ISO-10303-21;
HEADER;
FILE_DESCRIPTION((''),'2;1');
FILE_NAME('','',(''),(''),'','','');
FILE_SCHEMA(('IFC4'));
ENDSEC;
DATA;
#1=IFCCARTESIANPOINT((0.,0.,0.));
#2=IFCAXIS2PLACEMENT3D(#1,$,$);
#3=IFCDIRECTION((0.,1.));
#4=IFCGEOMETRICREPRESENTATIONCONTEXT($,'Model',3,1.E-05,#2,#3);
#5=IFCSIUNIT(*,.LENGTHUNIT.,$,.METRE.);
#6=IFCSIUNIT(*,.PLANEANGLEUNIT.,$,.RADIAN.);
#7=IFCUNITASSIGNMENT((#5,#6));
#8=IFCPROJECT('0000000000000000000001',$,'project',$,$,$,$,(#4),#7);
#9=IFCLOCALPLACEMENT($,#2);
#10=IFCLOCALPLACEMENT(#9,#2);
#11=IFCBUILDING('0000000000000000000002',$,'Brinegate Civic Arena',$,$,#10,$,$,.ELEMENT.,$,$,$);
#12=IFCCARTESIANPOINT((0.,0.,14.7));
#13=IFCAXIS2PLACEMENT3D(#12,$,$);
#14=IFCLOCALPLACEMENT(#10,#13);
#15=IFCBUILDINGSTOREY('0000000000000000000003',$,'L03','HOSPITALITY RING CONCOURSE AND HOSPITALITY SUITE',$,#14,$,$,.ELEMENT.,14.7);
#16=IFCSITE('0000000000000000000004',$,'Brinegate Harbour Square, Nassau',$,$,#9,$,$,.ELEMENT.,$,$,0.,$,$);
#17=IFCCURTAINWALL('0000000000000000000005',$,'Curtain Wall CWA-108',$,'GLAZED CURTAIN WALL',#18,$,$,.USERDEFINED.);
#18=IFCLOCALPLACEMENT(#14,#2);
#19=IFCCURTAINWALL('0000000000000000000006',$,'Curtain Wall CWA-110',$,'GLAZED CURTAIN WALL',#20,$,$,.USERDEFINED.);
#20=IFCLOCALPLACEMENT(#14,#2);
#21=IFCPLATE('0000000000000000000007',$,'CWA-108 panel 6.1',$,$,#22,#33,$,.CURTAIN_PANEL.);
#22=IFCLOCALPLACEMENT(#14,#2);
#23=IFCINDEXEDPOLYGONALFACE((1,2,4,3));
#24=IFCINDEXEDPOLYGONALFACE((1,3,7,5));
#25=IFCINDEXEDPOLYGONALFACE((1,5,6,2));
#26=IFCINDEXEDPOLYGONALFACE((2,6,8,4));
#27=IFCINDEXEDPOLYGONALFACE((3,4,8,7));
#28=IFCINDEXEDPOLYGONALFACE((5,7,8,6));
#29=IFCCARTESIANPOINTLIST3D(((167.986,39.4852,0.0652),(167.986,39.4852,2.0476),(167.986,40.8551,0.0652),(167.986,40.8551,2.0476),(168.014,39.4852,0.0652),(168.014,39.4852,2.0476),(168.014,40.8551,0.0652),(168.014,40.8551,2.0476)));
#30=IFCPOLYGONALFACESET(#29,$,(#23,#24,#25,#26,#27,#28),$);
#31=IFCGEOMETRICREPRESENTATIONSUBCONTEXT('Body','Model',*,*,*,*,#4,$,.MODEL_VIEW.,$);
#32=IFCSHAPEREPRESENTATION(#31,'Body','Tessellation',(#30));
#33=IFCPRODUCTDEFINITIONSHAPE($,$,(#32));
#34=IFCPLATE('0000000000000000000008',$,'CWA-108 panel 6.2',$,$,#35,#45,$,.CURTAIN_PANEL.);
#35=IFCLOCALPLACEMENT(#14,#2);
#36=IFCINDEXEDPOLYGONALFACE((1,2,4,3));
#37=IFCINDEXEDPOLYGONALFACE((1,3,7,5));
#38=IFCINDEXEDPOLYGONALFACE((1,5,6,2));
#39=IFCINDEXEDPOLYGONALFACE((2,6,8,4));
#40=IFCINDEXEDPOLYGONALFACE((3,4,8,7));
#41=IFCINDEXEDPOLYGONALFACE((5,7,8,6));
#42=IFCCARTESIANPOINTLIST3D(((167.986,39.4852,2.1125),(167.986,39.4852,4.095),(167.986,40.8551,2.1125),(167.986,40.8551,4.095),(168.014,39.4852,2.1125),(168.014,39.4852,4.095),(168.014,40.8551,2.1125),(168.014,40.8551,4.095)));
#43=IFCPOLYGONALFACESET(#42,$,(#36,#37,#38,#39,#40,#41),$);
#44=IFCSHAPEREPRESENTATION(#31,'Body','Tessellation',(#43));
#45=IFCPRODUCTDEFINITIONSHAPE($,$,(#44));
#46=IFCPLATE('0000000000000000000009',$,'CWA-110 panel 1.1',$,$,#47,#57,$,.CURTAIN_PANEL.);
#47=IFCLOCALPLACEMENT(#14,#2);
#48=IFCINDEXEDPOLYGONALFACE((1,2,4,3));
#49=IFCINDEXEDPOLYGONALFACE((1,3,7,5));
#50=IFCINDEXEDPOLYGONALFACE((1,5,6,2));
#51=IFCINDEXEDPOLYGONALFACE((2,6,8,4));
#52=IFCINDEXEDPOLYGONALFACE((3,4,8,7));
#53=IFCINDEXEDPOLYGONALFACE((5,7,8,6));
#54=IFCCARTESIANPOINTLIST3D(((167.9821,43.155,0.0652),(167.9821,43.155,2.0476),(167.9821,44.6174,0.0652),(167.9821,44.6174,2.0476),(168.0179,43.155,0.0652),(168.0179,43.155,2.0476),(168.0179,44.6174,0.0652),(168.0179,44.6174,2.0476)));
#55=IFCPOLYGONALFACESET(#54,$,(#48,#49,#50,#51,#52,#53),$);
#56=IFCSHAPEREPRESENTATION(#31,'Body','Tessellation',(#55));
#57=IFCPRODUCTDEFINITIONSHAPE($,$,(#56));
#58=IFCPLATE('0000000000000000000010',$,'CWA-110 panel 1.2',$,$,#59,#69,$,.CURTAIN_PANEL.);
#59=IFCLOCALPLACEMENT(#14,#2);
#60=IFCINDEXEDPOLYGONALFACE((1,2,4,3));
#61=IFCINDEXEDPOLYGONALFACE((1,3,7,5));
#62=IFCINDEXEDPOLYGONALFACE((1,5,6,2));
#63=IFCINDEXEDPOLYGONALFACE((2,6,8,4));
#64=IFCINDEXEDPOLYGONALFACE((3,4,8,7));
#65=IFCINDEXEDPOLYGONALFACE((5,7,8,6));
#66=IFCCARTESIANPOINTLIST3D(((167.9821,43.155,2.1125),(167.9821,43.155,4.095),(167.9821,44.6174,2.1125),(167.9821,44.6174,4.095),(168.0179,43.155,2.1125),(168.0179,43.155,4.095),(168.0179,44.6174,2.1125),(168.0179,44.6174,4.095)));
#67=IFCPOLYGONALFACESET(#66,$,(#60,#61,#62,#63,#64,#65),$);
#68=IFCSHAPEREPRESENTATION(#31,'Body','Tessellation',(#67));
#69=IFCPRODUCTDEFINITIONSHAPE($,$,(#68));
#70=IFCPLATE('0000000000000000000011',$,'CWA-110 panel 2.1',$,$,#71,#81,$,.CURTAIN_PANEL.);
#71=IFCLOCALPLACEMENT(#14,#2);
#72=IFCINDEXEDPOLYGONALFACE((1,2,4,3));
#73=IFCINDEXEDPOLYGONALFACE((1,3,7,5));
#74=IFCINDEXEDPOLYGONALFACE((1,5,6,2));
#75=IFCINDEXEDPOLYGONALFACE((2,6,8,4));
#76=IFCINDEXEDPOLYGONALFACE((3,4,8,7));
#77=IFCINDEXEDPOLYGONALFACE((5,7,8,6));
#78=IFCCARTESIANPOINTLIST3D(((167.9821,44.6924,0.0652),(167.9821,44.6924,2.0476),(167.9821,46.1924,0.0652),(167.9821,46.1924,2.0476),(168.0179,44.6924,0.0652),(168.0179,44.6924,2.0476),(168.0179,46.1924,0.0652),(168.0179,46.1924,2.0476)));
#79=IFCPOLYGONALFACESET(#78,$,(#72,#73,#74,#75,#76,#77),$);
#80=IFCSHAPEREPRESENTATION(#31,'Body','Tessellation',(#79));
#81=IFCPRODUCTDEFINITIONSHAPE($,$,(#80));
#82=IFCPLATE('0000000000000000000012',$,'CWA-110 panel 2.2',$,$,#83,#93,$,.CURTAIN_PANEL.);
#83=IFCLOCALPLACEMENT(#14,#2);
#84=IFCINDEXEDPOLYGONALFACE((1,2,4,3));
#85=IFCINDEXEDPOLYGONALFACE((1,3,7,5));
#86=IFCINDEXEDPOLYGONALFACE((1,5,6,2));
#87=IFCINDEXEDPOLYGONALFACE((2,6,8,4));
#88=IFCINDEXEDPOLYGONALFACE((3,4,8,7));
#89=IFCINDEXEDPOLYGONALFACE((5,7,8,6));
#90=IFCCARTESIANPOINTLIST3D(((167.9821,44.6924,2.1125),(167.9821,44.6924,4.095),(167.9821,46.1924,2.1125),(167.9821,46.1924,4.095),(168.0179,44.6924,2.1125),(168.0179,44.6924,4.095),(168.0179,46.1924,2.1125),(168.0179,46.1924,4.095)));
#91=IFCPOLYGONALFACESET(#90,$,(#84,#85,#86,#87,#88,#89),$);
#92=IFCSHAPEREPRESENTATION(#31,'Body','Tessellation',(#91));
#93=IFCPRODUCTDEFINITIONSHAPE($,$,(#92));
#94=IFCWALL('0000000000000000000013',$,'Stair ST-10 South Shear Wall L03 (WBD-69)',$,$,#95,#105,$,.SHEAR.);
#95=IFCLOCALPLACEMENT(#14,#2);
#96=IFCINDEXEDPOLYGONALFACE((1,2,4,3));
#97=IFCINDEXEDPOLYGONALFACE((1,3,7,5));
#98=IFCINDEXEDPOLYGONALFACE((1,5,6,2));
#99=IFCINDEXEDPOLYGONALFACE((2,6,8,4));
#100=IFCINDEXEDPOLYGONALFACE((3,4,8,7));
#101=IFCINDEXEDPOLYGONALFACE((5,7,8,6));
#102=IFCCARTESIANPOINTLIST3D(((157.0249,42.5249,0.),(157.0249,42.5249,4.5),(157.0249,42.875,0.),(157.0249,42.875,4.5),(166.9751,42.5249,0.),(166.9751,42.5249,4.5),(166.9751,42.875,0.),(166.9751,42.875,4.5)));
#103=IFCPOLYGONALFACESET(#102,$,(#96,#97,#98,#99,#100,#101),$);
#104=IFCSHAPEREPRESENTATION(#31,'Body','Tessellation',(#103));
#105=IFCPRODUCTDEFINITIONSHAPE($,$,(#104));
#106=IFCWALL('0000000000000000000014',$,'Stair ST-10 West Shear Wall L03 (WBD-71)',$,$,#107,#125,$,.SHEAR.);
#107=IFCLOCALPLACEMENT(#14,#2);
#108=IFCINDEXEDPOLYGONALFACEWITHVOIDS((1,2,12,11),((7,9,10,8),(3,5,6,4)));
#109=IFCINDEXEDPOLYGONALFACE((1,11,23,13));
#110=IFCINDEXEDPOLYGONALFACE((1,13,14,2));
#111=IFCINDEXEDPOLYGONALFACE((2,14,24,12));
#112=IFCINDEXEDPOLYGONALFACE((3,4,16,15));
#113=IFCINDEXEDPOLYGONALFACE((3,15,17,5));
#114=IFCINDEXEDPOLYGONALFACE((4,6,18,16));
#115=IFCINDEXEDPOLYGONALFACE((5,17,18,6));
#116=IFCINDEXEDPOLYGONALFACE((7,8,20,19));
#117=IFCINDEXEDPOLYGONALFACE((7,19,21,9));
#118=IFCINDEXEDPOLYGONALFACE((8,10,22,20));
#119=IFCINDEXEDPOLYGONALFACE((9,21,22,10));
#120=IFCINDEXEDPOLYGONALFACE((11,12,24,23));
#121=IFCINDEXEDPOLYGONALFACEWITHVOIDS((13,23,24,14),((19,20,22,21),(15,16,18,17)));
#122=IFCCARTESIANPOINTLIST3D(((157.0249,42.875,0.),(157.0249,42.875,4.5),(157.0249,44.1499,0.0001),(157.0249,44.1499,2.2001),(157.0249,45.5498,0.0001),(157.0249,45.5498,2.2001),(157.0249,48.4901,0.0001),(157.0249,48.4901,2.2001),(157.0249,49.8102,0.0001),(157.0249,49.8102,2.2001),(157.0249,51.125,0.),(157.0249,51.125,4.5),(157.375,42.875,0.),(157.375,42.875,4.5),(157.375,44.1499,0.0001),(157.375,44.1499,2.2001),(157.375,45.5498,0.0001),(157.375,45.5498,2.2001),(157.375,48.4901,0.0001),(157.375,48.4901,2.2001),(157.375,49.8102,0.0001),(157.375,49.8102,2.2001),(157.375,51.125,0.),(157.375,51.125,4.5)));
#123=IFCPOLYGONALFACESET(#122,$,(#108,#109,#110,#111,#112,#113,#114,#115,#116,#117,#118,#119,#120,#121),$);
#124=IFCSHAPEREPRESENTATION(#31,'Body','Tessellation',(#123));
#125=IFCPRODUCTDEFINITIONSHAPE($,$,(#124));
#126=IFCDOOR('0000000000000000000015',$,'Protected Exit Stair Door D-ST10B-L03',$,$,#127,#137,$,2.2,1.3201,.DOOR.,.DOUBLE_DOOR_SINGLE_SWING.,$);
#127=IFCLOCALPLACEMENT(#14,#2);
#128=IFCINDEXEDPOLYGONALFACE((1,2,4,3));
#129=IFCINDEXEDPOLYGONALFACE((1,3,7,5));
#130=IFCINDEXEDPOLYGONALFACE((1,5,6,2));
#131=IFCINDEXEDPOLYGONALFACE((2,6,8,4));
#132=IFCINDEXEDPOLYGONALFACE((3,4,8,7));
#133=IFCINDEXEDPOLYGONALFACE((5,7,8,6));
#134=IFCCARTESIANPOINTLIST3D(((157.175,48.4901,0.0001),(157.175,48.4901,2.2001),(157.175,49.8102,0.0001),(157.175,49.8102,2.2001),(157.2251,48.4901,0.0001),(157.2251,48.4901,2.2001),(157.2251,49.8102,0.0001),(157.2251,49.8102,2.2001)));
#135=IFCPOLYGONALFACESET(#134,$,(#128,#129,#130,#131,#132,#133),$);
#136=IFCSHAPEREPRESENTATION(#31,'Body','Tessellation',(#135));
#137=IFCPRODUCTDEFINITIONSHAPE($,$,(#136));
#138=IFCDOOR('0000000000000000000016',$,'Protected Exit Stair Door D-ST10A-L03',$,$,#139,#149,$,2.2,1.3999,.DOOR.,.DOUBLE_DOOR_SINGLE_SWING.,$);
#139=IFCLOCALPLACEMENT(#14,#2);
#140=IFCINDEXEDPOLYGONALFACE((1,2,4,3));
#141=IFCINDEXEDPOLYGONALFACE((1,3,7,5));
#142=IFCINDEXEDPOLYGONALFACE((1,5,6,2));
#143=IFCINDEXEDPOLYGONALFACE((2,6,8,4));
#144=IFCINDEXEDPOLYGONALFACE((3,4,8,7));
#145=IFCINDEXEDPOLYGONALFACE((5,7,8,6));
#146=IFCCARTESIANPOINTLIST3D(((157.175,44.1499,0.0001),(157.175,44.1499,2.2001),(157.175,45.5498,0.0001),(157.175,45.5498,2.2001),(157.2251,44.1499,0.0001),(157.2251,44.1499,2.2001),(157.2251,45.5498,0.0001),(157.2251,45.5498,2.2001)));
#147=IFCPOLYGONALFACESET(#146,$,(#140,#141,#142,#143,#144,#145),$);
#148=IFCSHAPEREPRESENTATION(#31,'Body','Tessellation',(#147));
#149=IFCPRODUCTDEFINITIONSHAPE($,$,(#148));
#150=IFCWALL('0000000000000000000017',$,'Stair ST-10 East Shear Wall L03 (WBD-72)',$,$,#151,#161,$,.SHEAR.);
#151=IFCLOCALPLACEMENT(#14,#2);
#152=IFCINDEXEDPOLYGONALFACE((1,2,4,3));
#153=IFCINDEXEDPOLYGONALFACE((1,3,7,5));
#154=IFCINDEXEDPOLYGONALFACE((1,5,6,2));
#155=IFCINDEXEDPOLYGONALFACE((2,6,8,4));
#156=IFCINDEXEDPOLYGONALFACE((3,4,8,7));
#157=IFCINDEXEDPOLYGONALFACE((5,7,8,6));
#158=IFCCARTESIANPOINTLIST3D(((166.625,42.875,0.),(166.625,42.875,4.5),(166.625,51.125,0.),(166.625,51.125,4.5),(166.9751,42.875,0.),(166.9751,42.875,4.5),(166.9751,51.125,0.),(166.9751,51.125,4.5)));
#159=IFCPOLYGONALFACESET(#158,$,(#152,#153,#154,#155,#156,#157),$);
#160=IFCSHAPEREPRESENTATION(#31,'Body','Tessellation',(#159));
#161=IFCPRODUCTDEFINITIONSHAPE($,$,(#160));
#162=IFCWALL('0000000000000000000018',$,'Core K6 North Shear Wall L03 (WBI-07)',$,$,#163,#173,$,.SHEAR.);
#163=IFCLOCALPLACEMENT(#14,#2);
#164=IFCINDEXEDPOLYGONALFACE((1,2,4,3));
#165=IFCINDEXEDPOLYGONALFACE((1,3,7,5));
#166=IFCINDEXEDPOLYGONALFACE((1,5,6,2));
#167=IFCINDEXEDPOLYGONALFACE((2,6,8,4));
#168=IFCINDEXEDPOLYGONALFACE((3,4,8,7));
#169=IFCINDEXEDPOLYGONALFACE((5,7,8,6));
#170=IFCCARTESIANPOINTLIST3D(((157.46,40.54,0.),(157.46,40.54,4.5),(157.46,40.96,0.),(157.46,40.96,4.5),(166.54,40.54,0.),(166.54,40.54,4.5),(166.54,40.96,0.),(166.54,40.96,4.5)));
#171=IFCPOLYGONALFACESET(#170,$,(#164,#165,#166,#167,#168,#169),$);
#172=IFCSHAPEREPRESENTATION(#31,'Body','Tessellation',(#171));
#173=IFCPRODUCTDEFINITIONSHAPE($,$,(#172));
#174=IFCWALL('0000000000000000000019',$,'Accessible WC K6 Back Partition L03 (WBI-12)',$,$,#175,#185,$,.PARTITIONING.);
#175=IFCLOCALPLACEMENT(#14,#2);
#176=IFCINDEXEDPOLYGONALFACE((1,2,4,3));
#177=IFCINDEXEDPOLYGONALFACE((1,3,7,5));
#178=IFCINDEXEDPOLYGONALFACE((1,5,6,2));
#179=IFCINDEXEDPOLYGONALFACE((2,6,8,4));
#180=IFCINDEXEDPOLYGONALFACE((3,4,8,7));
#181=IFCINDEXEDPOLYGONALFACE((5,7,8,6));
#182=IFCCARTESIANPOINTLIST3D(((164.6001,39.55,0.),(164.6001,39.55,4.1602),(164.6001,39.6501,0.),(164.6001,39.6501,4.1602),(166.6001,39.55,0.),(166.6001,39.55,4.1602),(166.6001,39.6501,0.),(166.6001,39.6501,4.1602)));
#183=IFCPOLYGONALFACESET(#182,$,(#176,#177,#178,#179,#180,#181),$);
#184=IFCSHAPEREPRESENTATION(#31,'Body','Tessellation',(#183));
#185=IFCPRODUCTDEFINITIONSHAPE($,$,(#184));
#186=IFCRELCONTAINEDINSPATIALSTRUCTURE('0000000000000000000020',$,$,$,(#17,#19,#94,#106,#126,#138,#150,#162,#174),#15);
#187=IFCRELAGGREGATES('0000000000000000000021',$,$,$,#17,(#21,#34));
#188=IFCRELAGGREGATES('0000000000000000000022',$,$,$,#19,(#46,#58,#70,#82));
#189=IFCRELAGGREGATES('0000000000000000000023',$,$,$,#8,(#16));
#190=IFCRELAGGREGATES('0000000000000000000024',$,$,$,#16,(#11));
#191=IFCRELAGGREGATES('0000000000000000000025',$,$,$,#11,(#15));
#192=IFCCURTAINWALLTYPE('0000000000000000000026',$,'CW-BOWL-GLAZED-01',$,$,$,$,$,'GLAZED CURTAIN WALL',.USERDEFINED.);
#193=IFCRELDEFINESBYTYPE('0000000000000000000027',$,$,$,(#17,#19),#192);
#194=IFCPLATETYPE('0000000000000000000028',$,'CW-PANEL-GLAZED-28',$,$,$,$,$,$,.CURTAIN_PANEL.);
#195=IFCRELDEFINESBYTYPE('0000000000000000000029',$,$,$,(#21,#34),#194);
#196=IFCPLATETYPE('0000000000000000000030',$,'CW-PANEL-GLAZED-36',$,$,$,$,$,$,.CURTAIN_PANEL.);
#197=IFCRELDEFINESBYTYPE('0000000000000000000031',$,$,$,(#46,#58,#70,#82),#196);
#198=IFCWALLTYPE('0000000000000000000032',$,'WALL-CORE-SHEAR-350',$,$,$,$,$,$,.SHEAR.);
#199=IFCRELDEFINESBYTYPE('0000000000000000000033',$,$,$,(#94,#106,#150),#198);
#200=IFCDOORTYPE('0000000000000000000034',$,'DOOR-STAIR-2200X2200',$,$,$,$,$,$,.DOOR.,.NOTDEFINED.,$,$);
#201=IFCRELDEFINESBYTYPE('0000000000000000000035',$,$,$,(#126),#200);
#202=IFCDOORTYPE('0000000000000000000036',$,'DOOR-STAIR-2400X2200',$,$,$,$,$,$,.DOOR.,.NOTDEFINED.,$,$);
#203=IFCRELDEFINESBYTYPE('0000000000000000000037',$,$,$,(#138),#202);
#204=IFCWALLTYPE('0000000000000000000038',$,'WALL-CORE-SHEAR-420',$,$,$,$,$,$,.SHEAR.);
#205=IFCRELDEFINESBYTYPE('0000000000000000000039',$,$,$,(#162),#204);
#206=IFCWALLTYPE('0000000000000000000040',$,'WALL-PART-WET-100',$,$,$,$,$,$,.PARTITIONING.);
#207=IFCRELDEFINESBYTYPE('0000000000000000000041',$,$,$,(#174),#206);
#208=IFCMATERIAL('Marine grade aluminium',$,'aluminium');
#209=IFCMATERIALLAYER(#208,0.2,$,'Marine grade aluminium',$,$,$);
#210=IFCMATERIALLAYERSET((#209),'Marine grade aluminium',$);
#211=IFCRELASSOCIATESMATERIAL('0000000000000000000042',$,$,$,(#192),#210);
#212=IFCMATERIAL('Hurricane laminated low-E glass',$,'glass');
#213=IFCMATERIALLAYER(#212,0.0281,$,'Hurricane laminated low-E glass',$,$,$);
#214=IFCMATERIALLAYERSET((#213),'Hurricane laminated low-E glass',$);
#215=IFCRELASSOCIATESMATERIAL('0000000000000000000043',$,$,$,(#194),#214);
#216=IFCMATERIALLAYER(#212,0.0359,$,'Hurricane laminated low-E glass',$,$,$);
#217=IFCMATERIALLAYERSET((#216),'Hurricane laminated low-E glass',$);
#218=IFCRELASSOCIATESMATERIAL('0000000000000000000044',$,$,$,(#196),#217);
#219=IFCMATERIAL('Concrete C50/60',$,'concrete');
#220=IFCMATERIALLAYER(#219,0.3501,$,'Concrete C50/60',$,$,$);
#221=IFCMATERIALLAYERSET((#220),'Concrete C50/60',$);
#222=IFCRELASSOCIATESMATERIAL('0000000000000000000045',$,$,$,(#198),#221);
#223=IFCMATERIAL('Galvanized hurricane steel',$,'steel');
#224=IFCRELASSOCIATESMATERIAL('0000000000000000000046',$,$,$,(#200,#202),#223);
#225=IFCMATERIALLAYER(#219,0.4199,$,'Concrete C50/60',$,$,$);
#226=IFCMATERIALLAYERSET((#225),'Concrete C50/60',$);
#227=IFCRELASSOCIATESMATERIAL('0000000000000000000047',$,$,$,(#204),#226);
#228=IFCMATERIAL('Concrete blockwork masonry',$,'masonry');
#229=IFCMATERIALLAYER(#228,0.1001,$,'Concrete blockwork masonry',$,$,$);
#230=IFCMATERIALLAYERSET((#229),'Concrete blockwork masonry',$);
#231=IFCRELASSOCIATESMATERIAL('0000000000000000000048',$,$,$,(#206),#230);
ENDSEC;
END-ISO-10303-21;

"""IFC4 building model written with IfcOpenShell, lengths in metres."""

from ifc_helpers import new_model, si_unit, direction, frame, frame_2d, origin, origin_2d, place, context, subcontext, project, spatial, rectangle, extrude, material, layer, layer_set, type_object, element, fill, aggregate, save


model = new_model("IFC4")

# Units and contexts
model_context = context("Model", 3, precision=1e-05, world=origin(), true_north=direction((0.0, 1.0)))
body_context = subcontext(model_context, "Body", "Model", "MODEL_VIEW")
ifc_project = project(units=[si_unit("LENGTHUNIT", "METRE"), si_unit("PLANEANGLEUNIT", "RADIAN")], contexts=[model_context])

# Site, building, storey
site_placement = place(None, origin())
site = spatial("IfcSite", under=ifc_project, at=site_placement, Name="Brinegate Harbour Square, Nassau", CompositionType="ELEMENT", RefElevation=0.0)
building_placement = place(site_placement, origin())
building = spatial("IfcBuilding", under=site, at=building_placement, Name="Brinegate Civic Arena", CompositionType="ELEMENT")
storey_placement = place(building_placement, frame((0.0, 0.0, 14.7)))
storey = spatial("IfcBuildingStorey", under=building, at=storey_placement, Name="L03", Description="HOSPITALITY RING CONCOURSE AND HOSPITALITY SUITE", CompositionType="ELEMENT", Elevation=14.7)

# Shared definitions
ifc_material_1 = material(Name="Concrete C50/60", Category="concrete")

# Curtain wall
ifc_material_2 = material(Name="Marine grade aluminium", Category="aluminium")
ifc_layer_1 = layer(ifc_material_2, 0.2, Name="Marine grade aluminium")
ifc_layer_set_1 = layer_set([ifc_layer_1], Name="Marine grade aluminium")
curtain_wall_type = type_object("IfcCurtainWallType", Name="CW-BOWL-GLAZED-01", ElementType="GLAZED CURTAIN WALL", PredefinedType="USERDEFINED", material=ifc_layer_set_1)
curtain_wall_1_placement = place(storey_placement, origin())
curtain_wall_1 = element("IfcCurtainWall", 1, at=curtain_wall_1_placement, inside=storey, type_object=curtain_wall_type, Name="Curtain Wall CWA-108", ObjectType="GLAZED CURTAIN WALL", PredefinedType="USERDEFINED")

# Curtain wall
curtain_wall_2_placement = place(storey_placement, origin())
curtain_wall_2 = element("IfcCurtainWall", 2, at=curtain_wall_2_placement, inside=storey, type_object=curtain_wall_type, Name="Curtain Wall CWA-110", ObjectType="GLAZED CURTAIN WALL", PredefinedType="USERDEFINED")

# Plates
ifc_material_3 = material(Name="Hurricane laminated low-E glass", Category="glass")
ifc_layer_2 = layer(ifc_material_3, 0.0281, Name="Hurricane laminated low-E glass")
ifc_layer_set_2 = layer_set([ifc_layer_2], Name="Hurricane laminated low-E glass")
plate_type_1 = type_object("IfcPlateType", Name="CW-PANEL-GLAZED-28", PredefinedType="CURTAIN_PANEL", material=ifc_layer_set_2)
plate_1_placement = place(storey_placement, frame((168.0, 40.1702, 0.0652), z_axis=(0.0, 0.0, 1.0), x_axis=(0.0, 1.0, 0.0)))
plate_1 = element("IfcPlate", 3, at=plate_1_placement, type_object=plate_type_1, Name="CWA-108 panel 6.1", PredefinedType="CURTAIN_PANEL", context=body_context, shape_type="SweptSolid", body=[
    extrude(rectangle(XDim=1.3699, YDim=0.0281, at=origin_2d()), origin(), (0.0, 0.0, 1.0), 1.9824),
])
plate_2_placement = place(storey_placement, frame((168.0, 40.1702, 2.1125), z_axis=(0.0, 0.0, 1.0), x_axis=(0.0, 1.0, 0.0)))
plate_2 = element("IfcPlate", 4, at=plate_2_placement, type_object=plate_type_1, Name="CWA-108 panel 6.2", PredefinedType="CURTAIN_PANEL", context=body_context, shape_type="SweptSolid", body=[
    extrude(rectangle(XDim=1.3699, YDim=0.0281, at=origin_2d()), origin(), (0.0, 0.0, 1.0), 1.9824),
])
aggregate(curtain_wall_1, [plate_1, plate_2])
ifc_layer_3 = layer(ifc_material_3, 0.0359, Name="Hurricane laminated low-E glass")
ifc_layer_set_3 = layer_set([ifc_layer_3], Name="Hurricane laminated low-E glass")
plate_type_2 = type_object("IfcPlateType", Name="CW-PANEL-GLAZED-36", PredefinedType="CURTAIN_PANEL", material=ifc_layer_set_3)
plate_3_placement = place(storey_placement, frame((168.0, 43.8862, 0.0652), z_axis=(0.0, 0.0, 1.0), x_axis=(0.0, 1.0, 0.0)))
plate_3 = element("IfcPlate", 5, at=plate_3_placement, type_object=plate_type_2, Name="CWA-110 panel 1.1", PredefinedType="CURTAIN_PANEL", context=body_context, shape_type="SweptSolid", body=[
    extrude(rectangle(XDim=1.4624, YDim=0.0359, at=origin_2d()), origin(), (0.0, 0.0, 1.0), 1.9824),
])
plate_4_placement = place(storey_placement, frame((168.0, 43.8862, 2.1125), z_axis=(0.0, 0.0, 1.0), x_axis=(0.0, 1.0, 0.0)))
plate_4 = element("IfcPlate", 6, at=plate_4_placement, type_object=plate_type_2, Name="CWA-110 panel 1.2", PredefinedType="CURTAIN_PANEL", context=body_context, shape_type="SweptSolid", body=[
    extrude(rectangle(XDim=1.4624, YDim=0.0359, at=origin_2d()), origin(), (0.0, 0.0, 1.0), 1.9824),
])
plate_5_placement = place(storey_placement, frame((168.0, 45.4424, 0.0652), z_axis=(0.0, 0.0, 1.0), x_axis=(0.0, 1.0, 0.0)))
plate_5 = element("IfcPlate", 7, at=plate_5_placement, type_object=plate_type_2, Name="CWA-110 panel 2.1", PredefinedType="CURTAIN_PANEL", context=body_context, shape_type="SweptSolid", body=[
    extrude(rectangle(XDim=1.5, YDim=0.0359, at=origin_2d()), origin(), (0.0, 0.0, 1.0), 1.9824),
])
plate_6_placement = place(storey_placement, frame((168.0, 45.4424, 2.1125), z_axis=(0.0, 0.0, 1.0), x_axis=(0.0, 1.0, 0.0)))
plate_6 = element("IfcPlate", 8, at=plate_6_placement, type_object=plate_type_2, Name="CWA-110 panel 2.2", PredefinedType="CURTAIN_PANEL", context=body_context, shape_type="SweptSolid", body=[
    extrude(rectangle(XDim=1.5, YDim=0.0359, at=origin_2d()), origin(), (0.0, 0.0, 1.0), 1.9824),
])
aggregate(curtain_wall_2, [plate_3, plate_4, plate_5, plate_6])

# Wall
ifc_layer_4 = layer(ifc_material_1, 0.3501, Name="Concrete C50/60")
ifc_layer_set_4 = layer_set([ifc_layer_4], Name="Concrete C50/60")
wall_type_1 = type_object("IfcWallType", Name="WALL-CORE-SHEAR-350", PredefinedType="SHEAR", material=ifc_layer_set_4)
wall_1_placement = place(storey_placement, frame((157.0249, 42.7, 0.0), z_axis=(0.0, 0.0, 1.0), x_axis=(1.0, 0.0, 0.0)))
element("IfcWall", 9, at=wall_1_placement, inside=storey, type_object=wall_type_1, Name="Stair ST-10 South Shear Wall L03 (WBD-69)", PredefinedType="SHEAR", context=body_context, shape_type="SweptSolid", body=[
    extrude(rectangle(XDim=9.9502, YDim=0.3501, at=frame_2d((4.9751, 0.0))), origin(), (0.0, 0.0, 1.0), 4.5),
])

# Wall, openings, doors
wall_2_placement = place(storey_placement, frame((157.2, 42.875, 0.0), z_axis=(0.0, 0.0, 1.0), x_axis=(0.0, 1.0, 0.0)))
wall_2 = element("IfcWall", 10, at=wall_2_placement, inside=storey, type_object=wall_type_1, Name="Stair ST-10 West Shear Wall L03 (WBD-71)", PredefinedType="SHEAR", context=body_context, shape_type="SweptSolid", body=[
    extrude(rectangle(XDim=8.25, YDim=0.3501, at=frame_2d((4.125, 0.0))), origin(), (0.0, 0.0, 1.0), 4.5),
])
opening_1_placement = place(wall_2_placement, frame((1.2749, 0.0, 0.0)))
opening_1 = element("IfcOpeningElement", 11, at=opening_1_placement, cuts=wall_2, PredefinedType="OPENING", context=body_context, shape_type="SweptSolid", body=[
    extrude(rectangle(XDim=1.3999, YDim=2.2, at=frame_2d((0.7, 1.1001))), frame((0.0, 0.1851, 0.0), z_axis=(0.0, -1.0, 0.0), x_axis=(1.0, 0.0, 0.0)), (0.0, 0.0, 1.0), 0.3701),
])
opening_2_placement = place(wall_2_placement, frame((5.615, 0.0, 0.0)))
opening_2 = element("IfcOpeningElement", 12, at=opening_2_placement, cuts=wall_2, PredefinedType="OPENING", context=body_context, shape_type="SweptSolid", body=[
    extrude(rectangle(XDim=1.3201, YDim=2.2, at=frame_2d((0.6602, 1.1001))), frame((0.0, 0.1851, 0.0), z_axis=(0.0, -1.0, 0.0), x_axis=(1.0, 0.0, 0.0)), (0.0, 0.0, 1.0), 0.3701),
])
ifc_material_4 = material(Name="Galvanized hurricane steel", Category="steel")
door_type_1 = type_object("IfcDoorType", Name="DOOR-STAIR-2200X2200", OperationType="NOTDEFINED", PredefinedType="DOOR", material=ifc_material_4)
door_1_placement = place(opening_2_placement, origin())
door_1 = element("IfcDoor", 13, at=door_1_placement, inside=storey, type_object=door_type_1, Name="Protected Exit Stair Door D-ST10B-L03", OperationType="DOUBLE_DOOR_SINGLE_SWING", OverallHeight=2.2, OverallWidth=1.3201, PredefinedType="DOOR", context=body_context, shape_type="SweptSolid", body=[
    extrude(rectangle(XDim=1.3201, YDim=2.2, at=frame_2d((0.6602, 1.1001))), frame((0.0, 0.0249, 0.0), z_axis=(0.0, -1.0, 0.0), x_axis=(1.0, 0.0, 0.0)), (0.0, 0.0, 1.0), 0.05),
])
fill(opening_2, door_1)
door_type_2 = type_object("IfcDoorType", Name="DOOR-STAIR-2400X2200", OperationType="NOTDEFINED", PredefinedType="DOOR", material=ifc_material_4)
door_2_placement = place(opening_1_placement, origin())
door_2 = element("IfcDoor", 14, at=door_2_placement, inside=storey, type_object=door_type_2, Name="Protected Exit Stair Door D-ST10A-L03", OperationType="DOUBLE_DOOR_SINGLE_SWING", OverallHeight=2.2, OverallWidth=1.3999, PredefinedType="DOOR", context=body_context, shape_type="SweptSolid", body=[
    extrude(rectangle(XDim=1.3999, YDim=2.2, at=frame_2d((0.7, 1.1001))), frame((0.0, 0.0249, 0.0), z_axis=(0.0, -1.0, 0.0), x_axis=(1.0, 0.0, 0.0)), (0.0, 0.0, 1.0), 0.05),
])
fill(opening_1, door_2)

# Walls
wall_3_placement = place(storey_placement, frame((166.8, 42.875, 0.0), z_axis=(0.0, 0.0, 1.0), x_axis=(0.0, 1.0, 0.0)))
element("IfcWall", 15, at=wall_3_placement, inside=storey, type_object=wall_type_1, Name="Stair ST-10 East Shear Wall L03 (WBD-72)", PredefinedType="SHEAR", context=body_context, shape_type="SweptSolid", body=[
    extrude(rectangle(XDim=8.25, YDim=0.3501, at=frame_2d((4.125, 0.0))), origin(), (0.0, 0.0, 1.0), 4.5),
])
ifc_layer_5 = layer(ifc_material_1, 0.4199, Name="Concrete C50/60")
ifc_layer_set_5 = layer_set([ifc_layer_5], Name="Concrete C50/60")
wall_type_2 = type_object("IfcWallType", Name="WALL-CORE-SHEAR-420", PredefinedType="SHEAR", material=ifc_layer_set_5)
wall_4_placement = place(storey_placement, frame((157.46, 40.75, 0.0), z_axis=(0.0, 0.0, 1.0), x_axis=(1.0, 0.0, 0.0)))
element("IfcWall", 16, at=wall_4_placement, inside=storey, type_object=wall_type_2, Name="Core K6 North Shear Wall L03 (WBI-07)", PredefinedType="SHEAR", context=body_context, shape_type="SweptSolid", body=[
    extrude(rectangle(XDim=9.0801, YDim=0.4199, at=frame_2d((4.54, 0.0))), origin(), (0.0, 0.0, 1.0), 4.5),
])
ifc_material_5 = material(Name="Concrete blockwork masonry", Category="masonry")
ifc_layer_6 = layer(ifc_material_5, 0.1001, Name="Concrete blockwork masonry")
ifc_layer_set_6 = layer_set([ifc_layer_6], Name="Concrete blockwork masonry")
wall_type_3 = type_object("IfcWallType", Name="WALL-PART-WET-100", PredefinedType="PARTITIONING", material=ifc_layer_set_6)
wall_5_placement = place(storey_placement, frame((164.6001, 39.6001, 0.0), z_axis=(0.0, 0.0, 1.0), x_axis=(1.0, 0.0, 0.0)))
element("IfcWall", 17, at=wall_5_placement, inside=storey, type_object=wall_type_3, Name="Accessible WC K6 Back Partition L03 (WBI-12)", PredefinedType="PARTITIONING", context=body_context, shape_type="SweptSolid", body=[
    extrude(rectangle(XDim=2.0, YDim=0.1001, at=frame_2d((1.0, 0.0))), origin(), (0.0, 0.0, 1.0), 4.1602),
])

save(model, "model.ifc")
